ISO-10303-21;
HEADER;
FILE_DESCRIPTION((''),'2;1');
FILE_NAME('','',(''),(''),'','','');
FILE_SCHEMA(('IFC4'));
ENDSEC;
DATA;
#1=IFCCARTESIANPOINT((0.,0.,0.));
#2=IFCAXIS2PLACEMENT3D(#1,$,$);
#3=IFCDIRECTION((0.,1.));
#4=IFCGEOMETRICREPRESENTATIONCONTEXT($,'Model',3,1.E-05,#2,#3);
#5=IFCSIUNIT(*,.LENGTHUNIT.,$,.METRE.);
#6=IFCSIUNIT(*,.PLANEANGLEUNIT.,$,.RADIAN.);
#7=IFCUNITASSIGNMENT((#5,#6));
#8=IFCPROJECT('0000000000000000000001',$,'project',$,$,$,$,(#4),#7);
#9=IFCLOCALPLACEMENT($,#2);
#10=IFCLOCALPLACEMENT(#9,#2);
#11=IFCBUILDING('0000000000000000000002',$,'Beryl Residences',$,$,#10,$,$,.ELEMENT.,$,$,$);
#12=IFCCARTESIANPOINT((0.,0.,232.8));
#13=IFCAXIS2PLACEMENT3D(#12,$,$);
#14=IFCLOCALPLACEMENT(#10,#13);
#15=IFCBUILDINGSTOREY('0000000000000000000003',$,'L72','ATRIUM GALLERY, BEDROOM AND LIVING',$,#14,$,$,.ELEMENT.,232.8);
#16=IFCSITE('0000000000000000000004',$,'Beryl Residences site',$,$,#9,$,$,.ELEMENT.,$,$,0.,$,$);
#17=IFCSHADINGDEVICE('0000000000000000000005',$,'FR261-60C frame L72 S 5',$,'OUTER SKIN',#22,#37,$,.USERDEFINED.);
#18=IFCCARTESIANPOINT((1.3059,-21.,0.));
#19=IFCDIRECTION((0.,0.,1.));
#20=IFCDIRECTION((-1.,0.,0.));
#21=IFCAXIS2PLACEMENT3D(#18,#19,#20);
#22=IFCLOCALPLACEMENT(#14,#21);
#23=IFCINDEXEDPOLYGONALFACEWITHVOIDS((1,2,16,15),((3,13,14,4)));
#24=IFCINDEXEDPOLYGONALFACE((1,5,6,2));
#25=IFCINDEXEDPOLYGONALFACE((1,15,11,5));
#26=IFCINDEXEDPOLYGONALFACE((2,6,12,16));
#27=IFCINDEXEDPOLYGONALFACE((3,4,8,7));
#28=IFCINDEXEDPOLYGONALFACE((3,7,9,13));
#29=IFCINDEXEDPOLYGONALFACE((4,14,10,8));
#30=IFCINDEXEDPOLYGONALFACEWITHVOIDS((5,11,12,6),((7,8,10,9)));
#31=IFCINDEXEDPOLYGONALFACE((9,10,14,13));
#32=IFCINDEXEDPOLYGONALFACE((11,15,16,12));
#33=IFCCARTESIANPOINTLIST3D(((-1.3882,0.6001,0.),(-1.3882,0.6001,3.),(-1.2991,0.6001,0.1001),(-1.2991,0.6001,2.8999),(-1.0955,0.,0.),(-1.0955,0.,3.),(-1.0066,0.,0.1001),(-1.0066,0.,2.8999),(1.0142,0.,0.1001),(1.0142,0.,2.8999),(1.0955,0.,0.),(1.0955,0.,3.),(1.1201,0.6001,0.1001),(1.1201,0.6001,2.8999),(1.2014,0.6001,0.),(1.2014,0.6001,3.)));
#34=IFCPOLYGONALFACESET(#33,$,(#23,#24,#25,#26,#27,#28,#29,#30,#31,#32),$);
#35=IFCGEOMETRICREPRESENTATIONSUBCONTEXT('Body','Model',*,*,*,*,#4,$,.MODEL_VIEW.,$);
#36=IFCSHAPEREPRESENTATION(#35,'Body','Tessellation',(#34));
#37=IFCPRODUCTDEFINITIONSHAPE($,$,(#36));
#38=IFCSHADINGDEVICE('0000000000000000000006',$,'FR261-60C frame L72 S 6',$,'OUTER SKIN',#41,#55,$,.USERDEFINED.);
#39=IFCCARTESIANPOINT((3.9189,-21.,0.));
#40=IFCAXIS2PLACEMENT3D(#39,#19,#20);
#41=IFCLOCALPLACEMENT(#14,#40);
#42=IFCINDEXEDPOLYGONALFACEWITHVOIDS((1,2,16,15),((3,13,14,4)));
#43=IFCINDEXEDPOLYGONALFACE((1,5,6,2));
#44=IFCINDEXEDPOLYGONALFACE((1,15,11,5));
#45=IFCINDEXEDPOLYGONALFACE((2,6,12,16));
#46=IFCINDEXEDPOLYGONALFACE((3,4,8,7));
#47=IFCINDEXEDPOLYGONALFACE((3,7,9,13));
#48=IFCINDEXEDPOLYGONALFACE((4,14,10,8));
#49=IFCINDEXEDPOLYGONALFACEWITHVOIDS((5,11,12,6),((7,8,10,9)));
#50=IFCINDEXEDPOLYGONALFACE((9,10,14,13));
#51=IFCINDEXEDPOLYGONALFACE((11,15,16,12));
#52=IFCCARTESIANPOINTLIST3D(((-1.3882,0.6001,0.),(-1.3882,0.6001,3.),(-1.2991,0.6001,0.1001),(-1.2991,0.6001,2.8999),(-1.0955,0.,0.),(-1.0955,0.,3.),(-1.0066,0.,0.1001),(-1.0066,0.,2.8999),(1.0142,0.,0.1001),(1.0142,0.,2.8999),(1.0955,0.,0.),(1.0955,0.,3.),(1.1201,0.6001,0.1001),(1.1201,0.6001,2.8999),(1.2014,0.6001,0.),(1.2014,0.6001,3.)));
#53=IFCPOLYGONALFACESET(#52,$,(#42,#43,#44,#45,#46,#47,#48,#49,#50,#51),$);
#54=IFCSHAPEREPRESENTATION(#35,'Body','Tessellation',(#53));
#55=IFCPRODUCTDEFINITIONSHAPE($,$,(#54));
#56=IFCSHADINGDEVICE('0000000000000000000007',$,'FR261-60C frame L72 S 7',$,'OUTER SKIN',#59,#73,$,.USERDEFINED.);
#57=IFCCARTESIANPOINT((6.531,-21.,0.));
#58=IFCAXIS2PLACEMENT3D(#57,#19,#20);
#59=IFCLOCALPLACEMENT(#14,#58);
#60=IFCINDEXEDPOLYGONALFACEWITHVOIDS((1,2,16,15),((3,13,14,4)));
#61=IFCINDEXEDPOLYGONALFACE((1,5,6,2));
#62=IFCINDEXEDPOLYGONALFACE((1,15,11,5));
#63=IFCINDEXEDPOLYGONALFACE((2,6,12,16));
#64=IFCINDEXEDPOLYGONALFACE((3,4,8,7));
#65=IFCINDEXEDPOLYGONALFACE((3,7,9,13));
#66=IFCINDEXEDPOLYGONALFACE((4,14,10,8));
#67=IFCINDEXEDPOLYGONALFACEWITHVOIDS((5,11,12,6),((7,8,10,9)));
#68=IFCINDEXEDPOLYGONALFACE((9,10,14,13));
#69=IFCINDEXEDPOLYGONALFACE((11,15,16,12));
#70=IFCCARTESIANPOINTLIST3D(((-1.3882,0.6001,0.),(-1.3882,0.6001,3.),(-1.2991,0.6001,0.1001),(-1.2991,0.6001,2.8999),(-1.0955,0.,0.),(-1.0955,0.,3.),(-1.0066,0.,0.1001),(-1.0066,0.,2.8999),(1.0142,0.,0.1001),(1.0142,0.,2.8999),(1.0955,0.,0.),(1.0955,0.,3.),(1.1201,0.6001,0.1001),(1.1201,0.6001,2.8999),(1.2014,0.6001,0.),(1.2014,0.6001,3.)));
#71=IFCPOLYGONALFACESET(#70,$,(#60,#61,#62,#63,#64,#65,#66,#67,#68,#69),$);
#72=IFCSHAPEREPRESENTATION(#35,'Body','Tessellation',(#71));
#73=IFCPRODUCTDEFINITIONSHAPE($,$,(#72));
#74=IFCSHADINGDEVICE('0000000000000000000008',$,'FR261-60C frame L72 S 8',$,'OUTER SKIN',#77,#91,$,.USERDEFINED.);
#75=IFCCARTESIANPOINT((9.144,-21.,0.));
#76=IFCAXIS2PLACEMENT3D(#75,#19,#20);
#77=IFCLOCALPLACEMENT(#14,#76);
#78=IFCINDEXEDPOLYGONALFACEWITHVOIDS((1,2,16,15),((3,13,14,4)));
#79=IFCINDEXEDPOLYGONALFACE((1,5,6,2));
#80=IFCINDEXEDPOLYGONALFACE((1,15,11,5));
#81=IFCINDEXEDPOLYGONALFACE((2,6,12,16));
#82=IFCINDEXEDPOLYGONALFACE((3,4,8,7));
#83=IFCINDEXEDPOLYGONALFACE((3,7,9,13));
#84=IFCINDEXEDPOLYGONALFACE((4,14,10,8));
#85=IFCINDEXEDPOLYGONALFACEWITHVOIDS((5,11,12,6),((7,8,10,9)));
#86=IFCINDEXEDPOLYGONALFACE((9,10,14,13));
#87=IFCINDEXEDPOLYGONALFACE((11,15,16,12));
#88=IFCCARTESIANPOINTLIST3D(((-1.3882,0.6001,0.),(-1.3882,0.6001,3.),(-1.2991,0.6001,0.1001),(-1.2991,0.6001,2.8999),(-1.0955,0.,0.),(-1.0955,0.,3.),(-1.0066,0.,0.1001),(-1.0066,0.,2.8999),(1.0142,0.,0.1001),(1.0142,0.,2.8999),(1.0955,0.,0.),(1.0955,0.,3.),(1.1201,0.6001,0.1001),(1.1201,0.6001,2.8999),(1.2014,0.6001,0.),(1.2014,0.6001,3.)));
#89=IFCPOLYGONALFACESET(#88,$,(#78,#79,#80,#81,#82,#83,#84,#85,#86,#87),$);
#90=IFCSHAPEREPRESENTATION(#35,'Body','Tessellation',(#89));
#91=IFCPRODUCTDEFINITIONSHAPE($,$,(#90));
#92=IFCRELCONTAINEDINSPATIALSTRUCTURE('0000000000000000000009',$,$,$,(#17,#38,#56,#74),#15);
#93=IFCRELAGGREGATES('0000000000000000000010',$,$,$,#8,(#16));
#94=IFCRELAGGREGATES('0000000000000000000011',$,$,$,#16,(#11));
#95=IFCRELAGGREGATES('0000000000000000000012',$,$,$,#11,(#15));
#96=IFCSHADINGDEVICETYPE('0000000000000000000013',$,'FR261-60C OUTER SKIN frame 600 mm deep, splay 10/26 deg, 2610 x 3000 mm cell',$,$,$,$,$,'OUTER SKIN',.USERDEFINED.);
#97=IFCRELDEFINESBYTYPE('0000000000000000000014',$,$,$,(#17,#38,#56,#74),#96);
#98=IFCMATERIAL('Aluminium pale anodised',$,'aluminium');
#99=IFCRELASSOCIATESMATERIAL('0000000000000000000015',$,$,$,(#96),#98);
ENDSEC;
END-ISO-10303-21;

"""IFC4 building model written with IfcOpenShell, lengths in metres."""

from ifc_helpers import new_model, entity, si_unit, direction, frame, origin, place, context, subcontext, project, spatial, source, transform, mapped, material, type_object, type_shapes, element, save


model = new_model("IFC4")

# Units and contexts
model_context = context("Model", 3, precision=1e-05, world=origin(), true_north=direction((0.0, 1.0)))
body_context = subcontext(model_context, "Body", "Model", "MODEL_VIEW")
ifc_project = project(units=[si_unit("LENGTHUNIT", "METRE"), si_unit("PLANEANGLEUNIT", "RADIAN")], contexts=[model_context])

# Site, building, storey
site_placement = place(None, origin())
site = spatial("IfcSite", under=ifc_project, at=site_placement, Name="Beryl Residences site", CompositionType="ELEMENT", RefElevation=0.0)
building_placement = place(site_placement, origin())
building = spatial("IfcBuilding", under=site, at=building_placement, Name="Beryl Residences", CompositionType="ELEMENT")
storey_placement = place(building_placement, frame((0.0, 0.0, 232.8)))
storey = spatial("IfcBuildingStorey", under=building, at=storey_placement, Name="L72", Description="ATRIUM GALLERY, BEDROOM AND LIVING", CompositionType="ELEMENT", Elevation=232.8)

# Shading devices
ifc_material_1 = material(Name="Aluminium pale anodised", Category="aluminium")
shading_device_type = type_object("IfcShadingDeviceType", Name="FR261-60C OUTER SKIN frame 600 mm deep, splay 10/26 deg, 2610 x 3000 mm cell", ElementType="OUTER SKIN", PredefinedType="USERDEFINED", material=ifc_material_1)
cartesian_point_1 = entity("IfcCartesianPoint", [-1.0955, 0.0])
cartesian_point_2 = entity("IfcCartesianPoint", [-1.0142, 0.1001])
cartesian_point_3 = entity("IfcCartesianPoint", [-1.2014, 0.0])
cartesian_point_4 = entity("IfcCartesianPoint", [-1.1201, 0.1001])
shared_shape_1 = source(origin(), body_context, "Body", "SweptSolid", [
    entity("IfcExtrudedAreaSolidTapered", entity("IfcArbitraryProfileDefWithVoids", "AREA", None, entity("IfcPolyline", [cartesian_point_1, entity("IfcCartesianPoint", [1.0955, 0.0]), entity("IfcCartesianPoint", [1.0955, 3.0]), entity("IfcCartesianPoint", [-1.0955, 3.0]), cartesian_point_1]), [entity("IfcPolyline", [cartesian_point_2, entity("IfcCartesianPoint", [1.0066, 0.1001]), entity("IfcCartesianPoint", [1.0066, 2.8999]), entity("IfcCartesianPoint", [-1.0142, 2.8999]), cartesian_point_2])]), entity("IfcAxis2Placement3D", entity("IfcCartesianPoint", [0.0, 0.0, 0.0]), entity("IfcDirection", [0.0, 1.0, 0.0]), entity("IfcDirection", [-1.0, 0.0, 0.0])), entity("IfcDirection", [0.0, 0.0, 1.0]), 0.6001, entity("IfcArbitraryProfileDefWithVoids", "AREA", None, entity("IfcPolyline", [cartesian_point_3, entity("IfcCartesianPoint", [1.3882, 0.0]), entity("IfcCartesianPoint", [1.3882, 3.0]), entity("IfcCartesianPoint", [-1.2014, 3.0]), cartesian_point_3]), [entity("IfcPolyline", [cartesian_point_4, entity("IfcCartesianPoint", [1.2991, 0.1001]), entity("IfcCartesianPoint", [1.2991, 2.8999]), entity("IfcCartesianPoint", [-1.1201, 2.8999]), cartesian_point_4])])),
])
type_shapes(shading_device_type, [shared_shape_1])
for number, where, z_axis, x_axis, name in (
    (1, (1.3059, -21.0, 0.0), (0.0, 0.0, 1.0), (-1.0, 0.0, 0.0), "FR261-60C frame L72 S 5"),
    (2, (3.9189, -21.0, 0.0), (0.0, 0.0, 1.0), (-1.0, 0.0, 0.0), "FR261-60C frame L72 S 6"),
    (3, (6.531, -21.0, 0.0), (0.0, 0.0, 1.0), (-1.0, 0.0, 0.0), "FR261-60C frame L72 S 7"),
    (4, (9.144, -21.0, 0.0), (0.0, 0.0, 1.0), (-1.0, 0.0, 0.0), "FR261-60C frame L72 S 8"),
):
    element("IfcShadingDevice", number, at=place(storey_placement, frame(where, z_axis=z_axis, x_axis=x_axis)), inside=storey, type_object=shading_device_type, Name=name, ObjectType="OUTER SKIN", PredefinedType="USERDEFINED", context=body_context, shape_type="MappedRepresentation", body=[
        mapped(shared_shape_1, transform((0.0, 0.0, 0.0))),
    ])

save(model, "model.ifc")
